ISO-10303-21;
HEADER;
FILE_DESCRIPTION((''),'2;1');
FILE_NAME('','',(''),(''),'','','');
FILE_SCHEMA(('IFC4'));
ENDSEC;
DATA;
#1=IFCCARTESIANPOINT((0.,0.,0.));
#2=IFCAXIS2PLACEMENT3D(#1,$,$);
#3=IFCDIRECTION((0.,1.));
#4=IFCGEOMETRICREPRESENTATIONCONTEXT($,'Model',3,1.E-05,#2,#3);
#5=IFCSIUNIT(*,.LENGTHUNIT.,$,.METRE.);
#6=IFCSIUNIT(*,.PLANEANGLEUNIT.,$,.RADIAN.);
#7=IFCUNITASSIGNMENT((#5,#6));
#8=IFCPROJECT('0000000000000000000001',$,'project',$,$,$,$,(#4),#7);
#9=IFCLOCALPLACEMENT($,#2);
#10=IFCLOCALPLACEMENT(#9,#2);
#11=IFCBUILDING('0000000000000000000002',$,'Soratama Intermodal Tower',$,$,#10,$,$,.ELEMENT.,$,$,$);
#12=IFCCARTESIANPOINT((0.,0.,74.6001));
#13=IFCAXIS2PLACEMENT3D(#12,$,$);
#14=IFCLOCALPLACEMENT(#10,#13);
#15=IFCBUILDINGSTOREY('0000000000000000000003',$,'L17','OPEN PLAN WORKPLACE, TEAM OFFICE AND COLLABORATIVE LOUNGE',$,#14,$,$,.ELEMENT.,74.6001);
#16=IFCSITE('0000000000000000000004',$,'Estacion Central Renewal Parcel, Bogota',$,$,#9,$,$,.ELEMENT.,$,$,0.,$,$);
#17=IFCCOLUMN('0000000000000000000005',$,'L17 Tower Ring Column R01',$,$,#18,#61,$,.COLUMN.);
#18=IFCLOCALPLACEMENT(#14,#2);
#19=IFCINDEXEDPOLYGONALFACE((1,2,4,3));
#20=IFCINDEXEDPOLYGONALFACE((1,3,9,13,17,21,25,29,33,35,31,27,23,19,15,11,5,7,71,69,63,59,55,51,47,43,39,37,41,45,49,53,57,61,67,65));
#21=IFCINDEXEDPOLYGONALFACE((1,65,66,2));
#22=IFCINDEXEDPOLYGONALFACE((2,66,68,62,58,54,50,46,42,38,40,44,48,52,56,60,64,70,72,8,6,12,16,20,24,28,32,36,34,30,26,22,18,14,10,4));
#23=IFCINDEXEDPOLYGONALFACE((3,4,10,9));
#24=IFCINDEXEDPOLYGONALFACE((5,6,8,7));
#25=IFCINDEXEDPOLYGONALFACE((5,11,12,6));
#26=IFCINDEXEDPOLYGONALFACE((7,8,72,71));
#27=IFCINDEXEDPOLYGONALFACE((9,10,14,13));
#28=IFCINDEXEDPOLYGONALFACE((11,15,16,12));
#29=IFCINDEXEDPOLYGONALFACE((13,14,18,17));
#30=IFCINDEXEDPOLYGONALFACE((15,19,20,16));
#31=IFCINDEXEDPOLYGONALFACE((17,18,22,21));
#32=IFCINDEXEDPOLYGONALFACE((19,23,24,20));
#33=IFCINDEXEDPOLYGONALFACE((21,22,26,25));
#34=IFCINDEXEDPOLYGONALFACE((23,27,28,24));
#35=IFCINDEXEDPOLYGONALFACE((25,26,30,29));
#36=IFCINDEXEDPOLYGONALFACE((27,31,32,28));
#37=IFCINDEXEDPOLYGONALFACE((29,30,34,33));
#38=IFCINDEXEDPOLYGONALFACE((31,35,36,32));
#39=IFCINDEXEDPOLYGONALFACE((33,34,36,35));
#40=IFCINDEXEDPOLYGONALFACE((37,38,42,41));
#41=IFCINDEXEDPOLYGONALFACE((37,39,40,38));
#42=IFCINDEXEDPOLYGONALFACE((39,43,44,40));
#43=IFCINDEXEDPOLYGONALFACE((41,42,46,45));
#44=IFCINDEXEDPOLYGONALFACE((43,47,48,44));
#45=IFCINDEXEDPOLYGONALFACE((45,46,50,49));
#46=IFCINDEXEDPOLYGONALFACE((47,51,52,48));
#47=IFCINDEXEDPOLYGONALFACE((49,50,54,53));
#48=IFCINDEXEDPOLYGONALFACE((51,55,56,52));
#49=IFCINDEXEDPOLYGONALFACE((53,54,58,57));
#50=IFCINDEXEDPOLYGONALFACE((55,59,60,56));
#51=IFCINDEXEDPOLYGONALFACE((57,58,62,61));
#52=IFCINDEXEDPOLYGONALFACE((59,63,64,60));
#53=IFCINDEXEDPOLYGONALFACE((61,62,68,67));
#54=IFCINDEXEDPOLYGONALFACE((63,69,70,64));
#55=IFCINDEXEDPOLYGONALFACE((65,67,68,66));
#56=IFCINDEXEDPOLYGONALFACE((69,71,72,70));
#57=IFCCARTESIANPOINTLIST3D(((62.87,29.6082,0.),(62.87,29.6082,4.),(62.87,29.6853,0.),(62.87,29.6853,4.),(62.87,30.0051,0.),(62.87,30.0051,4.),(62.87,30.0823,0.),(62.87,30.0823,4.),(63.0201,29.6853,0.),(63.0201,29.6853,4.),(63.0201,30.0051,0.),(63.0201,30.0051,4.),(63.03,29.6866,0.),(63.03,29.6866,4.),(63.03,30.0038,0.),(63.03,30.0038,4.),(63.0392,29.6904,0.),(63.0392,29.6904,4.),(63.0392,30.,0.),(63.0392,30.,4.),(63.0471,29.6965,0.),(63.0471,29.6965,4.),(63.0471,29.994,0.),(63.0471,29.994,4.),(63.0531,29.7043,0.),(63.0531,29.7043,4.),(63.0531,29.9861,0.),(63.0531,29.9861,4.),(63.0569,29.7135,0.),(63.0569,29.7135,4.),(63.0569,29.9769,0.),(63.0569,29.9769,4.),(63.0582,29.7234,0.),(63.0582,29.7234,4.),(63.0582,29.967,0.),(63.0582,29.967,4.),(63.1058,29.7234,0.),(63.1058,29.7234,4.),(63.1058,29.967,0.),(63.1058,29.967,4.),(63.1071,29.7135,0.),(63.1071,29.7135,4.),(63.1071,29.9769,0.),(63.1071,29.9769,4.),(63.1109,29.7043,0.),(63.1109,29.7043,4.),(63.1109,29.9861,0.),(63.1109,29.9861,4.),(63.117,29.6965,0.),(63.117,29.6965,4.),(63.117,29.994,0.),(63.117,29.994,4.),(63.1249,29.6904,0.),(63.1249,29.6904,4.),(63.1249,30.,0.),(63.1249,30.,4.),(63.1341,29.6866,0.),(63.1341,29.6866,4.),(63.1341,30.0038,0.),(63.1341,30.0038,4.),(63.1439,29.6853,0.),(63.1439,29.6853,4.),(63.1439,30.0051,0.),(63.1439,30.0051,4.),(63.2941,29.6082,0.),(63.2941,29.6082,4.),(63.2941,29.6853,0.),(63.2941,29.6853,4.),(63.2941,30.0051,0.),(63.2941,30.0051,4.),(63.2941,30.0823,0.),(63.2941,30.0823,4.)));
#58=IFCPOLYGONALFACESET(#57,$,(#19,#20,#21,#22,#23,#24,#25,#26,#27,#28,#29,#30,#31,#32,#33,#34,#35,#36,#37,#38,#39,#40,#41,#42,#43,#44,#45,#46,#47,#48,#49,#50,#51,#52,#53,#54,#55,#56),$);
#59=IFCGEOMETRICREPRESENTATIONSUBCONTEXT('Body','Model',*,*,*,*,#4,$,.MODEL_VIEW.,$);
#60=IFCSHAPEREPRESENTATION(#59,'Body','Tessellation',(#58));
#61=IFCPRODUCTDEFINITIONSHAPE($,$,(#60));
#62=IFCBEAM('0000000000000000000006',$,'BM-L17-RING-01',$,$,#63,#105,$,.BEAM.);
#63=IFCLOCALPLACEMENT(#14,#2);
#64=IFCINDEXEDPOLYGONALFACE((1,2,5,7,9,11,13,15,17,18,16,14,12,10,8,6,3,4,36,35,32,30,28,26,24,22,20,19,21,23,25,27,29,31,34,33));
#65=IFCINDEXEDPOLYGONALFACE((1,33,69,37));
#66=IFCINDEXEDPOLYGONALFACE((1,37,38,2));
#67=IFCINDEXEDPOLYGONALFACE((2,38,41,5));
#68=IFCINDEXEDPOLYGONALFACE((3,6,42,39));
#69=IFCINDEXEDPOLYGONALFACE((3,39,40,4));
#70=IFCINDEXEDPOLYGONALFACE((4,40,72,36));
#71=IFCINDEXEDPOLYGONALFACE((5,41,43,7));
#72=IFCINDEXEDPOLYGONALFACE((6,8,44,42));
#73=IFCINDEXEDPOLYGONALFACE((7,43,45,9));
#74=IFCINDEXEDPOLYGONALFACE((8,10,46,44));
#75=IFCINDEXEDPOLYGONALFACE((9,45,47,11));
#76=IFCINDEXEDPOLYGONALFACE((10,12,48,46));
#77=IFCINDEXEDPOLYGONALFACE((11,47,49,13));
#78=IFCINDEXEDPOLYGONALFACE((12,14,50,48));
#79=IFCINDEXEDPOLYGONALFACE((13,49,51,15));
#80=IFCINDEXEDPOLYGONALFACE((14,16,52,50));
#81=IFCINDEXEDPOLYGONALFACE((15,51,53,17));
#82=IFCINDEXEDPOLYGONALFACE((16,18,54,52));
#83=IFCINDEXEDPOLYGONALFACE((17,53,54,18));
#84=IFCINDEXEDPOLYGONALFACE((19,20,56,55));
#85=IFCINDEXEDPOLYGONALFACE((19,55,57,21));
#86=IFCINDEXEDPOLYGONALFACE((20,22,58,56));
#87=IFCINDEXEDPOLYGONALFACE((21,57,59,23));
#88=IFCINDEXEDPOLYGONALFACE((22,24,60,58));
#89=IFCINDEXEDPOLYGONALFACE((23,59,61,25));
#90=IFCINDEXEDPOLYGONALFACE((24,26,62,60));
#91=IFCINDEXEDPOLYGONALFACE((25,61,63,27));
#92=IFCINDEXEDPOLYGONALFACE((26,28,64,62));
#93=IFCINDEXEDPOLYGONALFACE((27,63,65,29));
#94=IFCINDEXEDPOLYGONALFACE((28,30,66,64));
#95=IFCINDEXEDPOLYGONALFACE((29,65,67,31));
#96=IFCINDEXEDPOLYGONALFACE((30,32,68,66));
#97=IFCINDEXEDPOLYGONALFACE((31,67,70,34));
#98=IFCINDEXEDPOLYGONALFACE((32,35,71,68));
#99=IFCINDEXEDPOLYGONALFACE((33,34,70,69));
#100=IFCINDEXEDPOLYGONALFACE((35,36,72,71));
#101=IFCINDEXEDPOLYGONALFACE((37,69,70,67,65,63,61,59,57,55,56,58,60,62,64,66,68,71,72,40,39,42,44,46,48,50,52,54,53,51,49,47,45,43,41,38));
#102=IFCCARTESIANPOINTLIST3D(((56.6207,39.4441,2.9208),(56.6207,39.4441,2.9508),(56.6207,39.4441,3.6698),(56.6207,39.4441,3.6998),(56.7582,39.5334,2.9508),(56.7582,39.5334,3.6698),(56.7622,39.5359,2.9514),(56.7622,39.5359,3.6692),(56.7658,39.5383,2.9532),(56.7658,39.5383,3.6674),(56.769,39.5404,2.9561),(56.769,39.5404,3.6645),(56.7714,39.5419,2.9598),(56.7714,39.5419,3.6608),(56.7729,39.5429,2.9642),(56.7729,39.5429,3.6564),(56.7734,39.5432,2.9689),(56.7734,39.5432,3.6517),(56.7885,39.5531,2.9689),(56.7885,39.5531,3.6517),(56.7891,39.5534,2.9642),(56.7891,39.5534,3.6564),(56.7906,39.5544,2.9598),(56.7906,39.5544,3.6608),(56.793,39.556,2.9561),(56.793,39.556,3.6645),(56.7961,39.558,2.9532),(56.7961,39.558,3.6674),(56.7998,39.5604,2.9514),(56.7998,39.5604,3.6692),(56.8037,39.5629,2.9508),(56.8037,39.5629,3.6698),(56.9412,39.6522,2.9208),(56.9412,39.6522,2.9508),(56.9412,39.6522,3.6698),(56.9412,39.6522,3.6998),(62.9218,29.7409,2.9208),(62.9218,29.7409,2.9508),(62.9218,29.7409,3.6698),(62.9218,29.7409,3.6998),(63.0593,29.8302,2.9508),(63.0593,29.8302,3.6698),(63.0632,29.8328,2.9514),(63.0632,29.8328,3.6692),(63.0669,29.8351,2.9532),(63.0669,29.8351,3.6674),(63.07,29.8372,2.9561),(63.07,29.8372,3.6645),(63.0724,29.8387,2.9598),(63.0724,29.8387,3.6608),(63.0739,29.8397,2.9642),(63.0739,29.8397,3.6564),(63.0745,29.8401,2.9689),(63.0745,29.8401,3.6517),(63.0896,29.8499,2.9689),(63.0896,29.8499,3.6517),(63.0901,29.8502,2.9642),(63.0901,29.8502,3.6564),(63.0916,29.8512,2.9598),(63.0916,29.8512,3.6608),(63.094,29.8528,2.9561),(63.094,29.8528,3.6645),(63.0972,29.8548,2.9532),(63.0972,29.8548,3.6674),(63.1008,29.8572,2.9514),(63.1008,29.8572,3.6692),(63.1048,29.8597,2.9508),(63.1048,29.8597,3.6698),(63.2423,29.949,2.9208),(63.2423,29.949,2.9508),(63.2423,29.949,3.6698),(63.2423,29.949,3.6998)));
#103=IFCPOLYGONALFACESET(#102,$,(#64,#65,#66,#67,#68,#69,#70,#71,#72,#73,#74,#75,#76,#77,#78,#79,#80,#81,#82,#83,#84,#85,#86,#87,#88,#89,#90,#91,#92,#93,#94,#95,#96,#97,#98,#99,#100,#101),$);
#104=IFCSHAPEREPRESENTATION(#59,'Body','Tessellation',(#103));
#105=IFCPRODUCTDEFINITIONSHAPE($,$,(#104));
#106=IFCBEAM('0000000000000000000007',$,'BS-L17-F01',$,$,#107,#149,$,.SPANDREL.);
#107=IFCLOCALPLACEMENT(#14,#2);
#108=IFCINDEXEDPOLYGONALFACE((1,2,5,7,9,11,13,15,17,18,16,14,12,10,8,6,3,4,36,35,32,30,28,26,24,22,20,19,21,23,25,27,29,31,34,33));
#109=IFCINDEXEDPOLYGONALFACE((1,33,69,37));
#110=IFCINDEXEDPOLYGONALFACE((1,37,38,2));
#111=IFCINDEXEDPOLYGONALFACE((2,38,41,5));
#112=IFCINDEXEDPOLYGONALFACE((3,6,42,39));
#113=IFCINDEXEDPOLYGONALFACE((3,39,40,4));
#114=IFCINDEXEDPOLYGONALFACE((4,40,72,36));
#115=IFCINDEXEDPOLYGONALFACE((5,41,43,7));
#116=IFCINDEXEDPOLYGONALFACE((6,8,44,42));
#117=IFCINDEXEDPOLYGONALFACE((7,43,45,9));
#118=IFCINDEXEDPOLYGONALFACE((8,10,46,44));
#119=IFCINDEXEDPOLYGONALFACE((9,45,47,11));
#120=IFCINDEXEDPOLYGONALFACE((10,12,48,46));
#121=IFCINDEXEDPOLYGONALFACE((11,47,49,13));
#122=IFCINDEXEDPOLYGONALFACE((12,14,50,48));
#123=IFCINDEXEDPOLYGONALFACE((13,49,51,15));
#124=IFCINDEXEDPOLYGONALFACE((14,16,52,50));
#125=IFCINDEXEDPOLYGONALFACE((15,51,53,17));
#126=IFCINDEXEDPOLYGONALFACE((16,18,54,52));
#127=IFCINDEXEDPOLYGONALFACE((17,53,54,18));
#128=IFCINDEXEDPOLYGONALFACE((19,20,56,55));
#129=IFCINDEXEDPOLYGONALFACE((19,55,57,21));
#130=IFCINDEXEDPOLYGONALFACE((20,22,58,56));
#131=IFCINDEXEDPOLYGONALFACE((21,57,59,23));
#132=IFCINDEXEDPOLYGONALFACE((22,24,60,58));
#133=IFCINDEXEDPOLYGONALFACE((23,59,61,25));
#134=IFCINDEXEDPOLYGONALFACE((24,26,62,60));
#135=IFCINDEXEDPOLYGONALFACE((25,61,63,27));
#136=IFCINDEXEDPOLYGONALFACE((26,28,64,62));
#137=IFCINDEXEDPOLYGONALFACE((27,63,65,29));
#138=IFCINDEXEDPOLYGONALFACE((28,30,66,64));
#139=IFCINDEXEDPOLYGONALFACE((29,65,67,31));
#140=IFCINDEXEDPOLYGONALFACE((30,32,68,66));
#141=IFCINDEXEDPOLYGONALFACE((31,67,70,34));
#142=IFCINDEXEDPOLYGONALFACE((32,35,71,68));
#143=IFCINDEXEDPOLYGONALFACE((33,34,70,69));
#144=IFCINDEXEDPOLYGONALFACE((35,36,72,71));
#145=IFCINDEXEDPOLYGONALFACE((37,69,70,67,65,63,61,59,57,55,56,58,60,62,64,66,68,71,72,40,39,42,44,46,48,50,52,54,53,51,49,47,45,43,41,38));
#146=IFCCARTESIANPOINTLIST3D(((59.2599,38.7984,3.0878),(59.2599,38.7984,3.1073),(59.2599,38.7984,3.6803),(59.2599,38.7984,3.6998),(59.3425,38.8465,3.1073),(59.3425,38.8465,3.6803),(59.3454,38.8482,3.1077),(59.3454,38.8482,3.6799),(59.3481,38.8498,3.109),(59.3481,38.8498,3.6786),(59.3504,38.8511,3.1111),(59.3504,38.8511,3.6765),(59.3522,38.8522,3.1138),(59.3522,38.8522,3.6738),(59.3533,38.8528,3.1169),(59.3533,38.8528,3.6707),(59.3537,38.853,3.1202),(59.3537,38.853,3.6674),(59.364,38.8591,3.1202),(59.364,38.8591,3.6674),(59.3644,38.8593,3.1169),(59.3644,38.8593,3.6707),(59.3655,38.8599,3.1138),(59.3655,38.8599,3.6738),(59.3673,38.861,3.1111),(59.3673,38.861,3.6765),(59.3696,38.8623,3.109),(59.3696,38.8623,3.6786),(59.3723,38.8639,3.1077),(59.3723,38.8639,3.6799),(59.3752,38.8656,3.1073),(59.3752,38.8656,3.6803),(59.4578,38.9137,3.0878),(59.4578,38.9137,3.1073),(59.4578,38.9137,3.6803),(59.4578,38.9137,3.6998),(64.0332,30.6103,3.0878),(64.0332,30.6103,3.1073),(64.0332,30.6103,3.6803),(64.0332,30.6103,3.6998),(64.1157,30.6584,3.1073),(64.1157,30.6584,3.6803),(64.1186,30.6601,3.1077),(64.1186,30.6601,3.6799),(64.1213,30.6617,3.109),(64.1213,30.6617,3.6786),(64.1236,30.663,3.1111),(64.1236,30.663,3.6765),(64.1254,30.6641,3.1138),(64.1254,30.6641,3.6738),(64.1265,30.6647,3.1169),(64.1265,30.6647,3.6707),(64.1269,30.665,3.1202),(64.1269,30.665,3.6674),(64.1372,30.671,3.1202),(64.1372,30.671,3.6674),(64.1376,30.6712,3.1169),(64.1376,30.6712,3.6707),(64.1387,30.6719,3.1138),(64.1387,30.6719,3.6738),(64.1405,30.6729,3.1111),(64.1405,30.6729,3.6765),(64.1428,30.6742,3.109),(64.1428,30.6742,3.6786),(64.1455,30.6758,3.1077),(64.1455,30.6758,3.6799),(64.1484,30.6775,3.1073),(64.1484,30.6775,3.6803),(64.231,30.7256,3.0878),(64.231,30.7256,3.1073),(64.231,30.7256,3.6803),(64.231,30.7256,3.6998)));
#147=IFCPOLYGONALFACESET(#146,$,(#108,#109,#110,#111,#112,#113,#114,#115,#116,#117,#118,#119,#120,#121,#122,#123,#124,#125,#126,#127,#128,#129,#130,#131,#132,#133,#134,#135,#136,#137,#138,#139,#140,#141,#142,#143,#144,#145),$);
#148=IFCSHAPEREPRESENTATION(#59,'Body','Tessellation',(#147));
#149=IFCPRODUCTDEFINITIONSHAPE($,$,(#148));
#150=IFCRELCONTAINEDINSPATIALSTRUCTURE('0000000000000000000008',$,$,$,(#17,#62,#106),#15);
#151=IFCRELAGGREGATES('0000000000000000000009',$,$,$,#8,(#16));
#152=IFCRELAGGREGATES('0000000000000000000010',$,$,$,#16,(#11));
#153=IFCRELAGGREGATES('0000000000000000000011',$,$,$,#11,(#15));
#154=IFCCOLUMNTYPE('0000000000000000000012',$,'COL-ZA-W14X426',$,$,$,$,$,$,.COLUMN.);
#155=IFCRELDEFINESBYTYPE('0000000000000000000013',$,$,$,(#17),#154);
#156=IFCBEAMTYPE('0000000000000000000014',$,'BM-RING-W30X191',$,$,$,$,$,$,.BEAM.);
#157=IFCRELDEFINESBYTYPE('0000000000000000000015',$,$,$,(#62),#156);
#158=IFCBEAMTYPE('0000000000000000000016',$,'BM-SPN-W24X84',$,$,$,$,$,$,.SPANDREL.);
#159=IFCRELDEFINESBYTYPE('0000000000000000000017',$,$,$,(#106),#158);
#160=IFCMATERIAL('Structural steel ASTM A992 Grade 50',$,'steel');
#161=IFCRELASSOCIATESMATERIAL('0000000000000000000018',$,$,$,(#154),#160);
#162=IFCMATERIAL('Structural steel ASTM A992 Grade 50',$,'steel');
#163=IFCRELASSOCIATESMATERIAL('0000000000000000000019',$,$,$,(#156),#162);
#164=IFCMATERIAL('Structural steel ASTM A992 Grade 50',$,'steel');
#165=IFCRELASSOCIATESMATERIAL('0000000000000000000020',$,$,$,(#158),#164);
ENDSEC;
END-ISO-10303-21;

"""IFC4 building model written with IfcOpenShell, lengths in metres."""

from ifc_helpers import new_model, si_unit, direction, frame, origin, origin_2d, place, context, subcontext, project, spatial, i_section, extrude, material, material_profile, profile_set, type_object, element, save


model = new_model("IFC4")

# Units and contexts
model_context = context("Model", 3, precision=1e-05, world=origin(), true_north=direction((0.0, 1.0)))
body_context = subcontext(model_context, "Body", "Model", "MODEL_VIEW")
ifc_project = project(units=[si_unit("LENGTHUNIT", "METRE"), si_unit("PLANEANGLEUNIT", "RADIAN")], contexts=[model_context])

# Site, building, storey
site_placement = place(None, origin())
site = spatial("IfcSite", under=ifc_project, at=site_placement, Name="Estacion Central Renewal Parcel, Bogota", CompositionType="ELEMENT", RefElevation=0.0)
building_placement = place(site_placement, origin())
building = spatial("IfcBuilding", under=site, at=building_placement, Name="Soratama Intermodal Tower", CompositionType="ELEMENT")
storey_placement = place(building_placement, frame((0.0, 0.0, 74.6001)))
storey = spatial("IfcBuildingStorey", under=building, at=storey_placement, Name="L17", Description="OPEN PLAN WORKPLACE, TEAM OFFICE AND COLLABORATIVE LOUNGE", CompositionType="ELEMENT", Elevation=74.6001)

# Column
ifc_material_1 = material(Name="Structural steel ASTM A992 Grade 50", Category="steel")
ifc_material_profile_1 = material_profile(ifc_material_1, i_section(OverallWidth=0.4241, OverallDepth=0.4741, WebThickness=0.0476, FlangeThickness=0.0771, FilletRadius=0.0381, at=origin_2d()), Name="W14X426")
ifc_profile_set_1 = profile_set([ifc_material_profile_1], Name="Structural steel ASTM A992 Grade 50")
column_type = type_object("IfcColumnType", Name="COL-ZA-W14X426", PredefinedType="COLUMN", material=ifc_profile_set_1)
column_placement = place(storey_placement, frame((63.082, 29.8452, 0.0), z_axis=(0.0, 0.0, 1.0), x_axis=(1.0, 0.0, 0.0)))
element("IfcColumn", 1, at=column_placement, inside=storey, type_object=column_type, Name="L17 Tower Ring Column R01", PredefinedType="COLUMN", context=body_context, shape_type="SweptSolid", body=[
    extrude(i_section(OverallWidth=0.4241, OverallDepth=0.4741, WebThickness=0.0476, FlangeThickness=0.0771, FilletRadius=0.0381, at=origin_2d()), origin(), (0.0, 0.0, 1.0), 4.0),
])

# Beams
ifc_material_2 = material(Name="Structural steel ASTM A992 Grade 50", Category="steel")
ifc_material_profile_2 = material_profile(ifc_material_2, i_section(OverallWidth=0.3821, OverallDepth=0.7791, WebThickness=0.0181, FlangeThickness=0.03, FilletRadius=0.0181, at=origin_2d()), Name="W30X191")
ifc_profile_set_2 = profile_set([ifc_material_profile_2], Name="Structural steel ASTM A992 Grade 50")
beam_type_1 = type_object("IfcBeamType", Name="BM-RING-W30X191", PredefinedType="BEAM", material=ifc_profile_set_2)
beam_1_placement = place(storey_placement, frame((63.082, 29.845, 3.3103), z_axis=(-0.544623, 0.838681, 0.0), x_axis=(-0.838681, -0.544623, 0.0)))
element("IfcBeam", 2, at=beam_1_placement, inside=storey, type_object=beam_type_1, Name="BM-L17-RING-01", PredefinedType="BEAM", context=body_context, shape_type="SweptSolid", body=[
    extrude(i_section(OverallWidth=0.3821, OverallDepth=0.7791, WebThickness=0.0181, FlangeThickness=0.03, FilletRadius=0.0181, at=origin_2d()), origin(), (0.0, 0.0, 1.0), 11.5696),
])
ifc_material_3 = material(Name="Structural steel ASTM A992 Grade 50", Category="steel")
ifc_material_profile_3 = material_profile(ifc_material_3, i_section(OverallWidth=0.229, OverallDepth=0.6121, WebThickness=0.012, FlangeThickness=0.0195, FilletRadius=0.0129, at=origin_2d()), Name="W24X84")
ifc_profile_set_3 = profile_set([ifc_material_profile_3], Name="Structural steel ASTM A992 Grade 50")
beam_type_2 = type_object("IfcBeamType", Name="BM-SPN-W24X84", PredefinedType="SPANDREL", material=ifc_profile_set_3)
beam_2_placement = place(storey_placement, frame((64.1321, 30.668, 3.3938), z_axis=(-0.503624, 0.863923, 0.0), x_axis=(-0.863923, -0.503624, 0.0)))
element("IfcBeam", 3, at=beam_2_placement, inside=storey, type_object=beam_type_2, Name="BS-L17-F01", PredefinedType="SPANDREL", context=body_context, shape_type="SweptSolid", body=[
    extrude(i_section(OverallWidth=0.229, OverallDepth=0.6121, WebThickness=0.012, FlangeThickness=0.0195, FilletRadius=0.0129, at=origin_2d()), origin(), (0.0, 0.0, 1.0), 9.4778),
])

save(model, "model.ifc")
